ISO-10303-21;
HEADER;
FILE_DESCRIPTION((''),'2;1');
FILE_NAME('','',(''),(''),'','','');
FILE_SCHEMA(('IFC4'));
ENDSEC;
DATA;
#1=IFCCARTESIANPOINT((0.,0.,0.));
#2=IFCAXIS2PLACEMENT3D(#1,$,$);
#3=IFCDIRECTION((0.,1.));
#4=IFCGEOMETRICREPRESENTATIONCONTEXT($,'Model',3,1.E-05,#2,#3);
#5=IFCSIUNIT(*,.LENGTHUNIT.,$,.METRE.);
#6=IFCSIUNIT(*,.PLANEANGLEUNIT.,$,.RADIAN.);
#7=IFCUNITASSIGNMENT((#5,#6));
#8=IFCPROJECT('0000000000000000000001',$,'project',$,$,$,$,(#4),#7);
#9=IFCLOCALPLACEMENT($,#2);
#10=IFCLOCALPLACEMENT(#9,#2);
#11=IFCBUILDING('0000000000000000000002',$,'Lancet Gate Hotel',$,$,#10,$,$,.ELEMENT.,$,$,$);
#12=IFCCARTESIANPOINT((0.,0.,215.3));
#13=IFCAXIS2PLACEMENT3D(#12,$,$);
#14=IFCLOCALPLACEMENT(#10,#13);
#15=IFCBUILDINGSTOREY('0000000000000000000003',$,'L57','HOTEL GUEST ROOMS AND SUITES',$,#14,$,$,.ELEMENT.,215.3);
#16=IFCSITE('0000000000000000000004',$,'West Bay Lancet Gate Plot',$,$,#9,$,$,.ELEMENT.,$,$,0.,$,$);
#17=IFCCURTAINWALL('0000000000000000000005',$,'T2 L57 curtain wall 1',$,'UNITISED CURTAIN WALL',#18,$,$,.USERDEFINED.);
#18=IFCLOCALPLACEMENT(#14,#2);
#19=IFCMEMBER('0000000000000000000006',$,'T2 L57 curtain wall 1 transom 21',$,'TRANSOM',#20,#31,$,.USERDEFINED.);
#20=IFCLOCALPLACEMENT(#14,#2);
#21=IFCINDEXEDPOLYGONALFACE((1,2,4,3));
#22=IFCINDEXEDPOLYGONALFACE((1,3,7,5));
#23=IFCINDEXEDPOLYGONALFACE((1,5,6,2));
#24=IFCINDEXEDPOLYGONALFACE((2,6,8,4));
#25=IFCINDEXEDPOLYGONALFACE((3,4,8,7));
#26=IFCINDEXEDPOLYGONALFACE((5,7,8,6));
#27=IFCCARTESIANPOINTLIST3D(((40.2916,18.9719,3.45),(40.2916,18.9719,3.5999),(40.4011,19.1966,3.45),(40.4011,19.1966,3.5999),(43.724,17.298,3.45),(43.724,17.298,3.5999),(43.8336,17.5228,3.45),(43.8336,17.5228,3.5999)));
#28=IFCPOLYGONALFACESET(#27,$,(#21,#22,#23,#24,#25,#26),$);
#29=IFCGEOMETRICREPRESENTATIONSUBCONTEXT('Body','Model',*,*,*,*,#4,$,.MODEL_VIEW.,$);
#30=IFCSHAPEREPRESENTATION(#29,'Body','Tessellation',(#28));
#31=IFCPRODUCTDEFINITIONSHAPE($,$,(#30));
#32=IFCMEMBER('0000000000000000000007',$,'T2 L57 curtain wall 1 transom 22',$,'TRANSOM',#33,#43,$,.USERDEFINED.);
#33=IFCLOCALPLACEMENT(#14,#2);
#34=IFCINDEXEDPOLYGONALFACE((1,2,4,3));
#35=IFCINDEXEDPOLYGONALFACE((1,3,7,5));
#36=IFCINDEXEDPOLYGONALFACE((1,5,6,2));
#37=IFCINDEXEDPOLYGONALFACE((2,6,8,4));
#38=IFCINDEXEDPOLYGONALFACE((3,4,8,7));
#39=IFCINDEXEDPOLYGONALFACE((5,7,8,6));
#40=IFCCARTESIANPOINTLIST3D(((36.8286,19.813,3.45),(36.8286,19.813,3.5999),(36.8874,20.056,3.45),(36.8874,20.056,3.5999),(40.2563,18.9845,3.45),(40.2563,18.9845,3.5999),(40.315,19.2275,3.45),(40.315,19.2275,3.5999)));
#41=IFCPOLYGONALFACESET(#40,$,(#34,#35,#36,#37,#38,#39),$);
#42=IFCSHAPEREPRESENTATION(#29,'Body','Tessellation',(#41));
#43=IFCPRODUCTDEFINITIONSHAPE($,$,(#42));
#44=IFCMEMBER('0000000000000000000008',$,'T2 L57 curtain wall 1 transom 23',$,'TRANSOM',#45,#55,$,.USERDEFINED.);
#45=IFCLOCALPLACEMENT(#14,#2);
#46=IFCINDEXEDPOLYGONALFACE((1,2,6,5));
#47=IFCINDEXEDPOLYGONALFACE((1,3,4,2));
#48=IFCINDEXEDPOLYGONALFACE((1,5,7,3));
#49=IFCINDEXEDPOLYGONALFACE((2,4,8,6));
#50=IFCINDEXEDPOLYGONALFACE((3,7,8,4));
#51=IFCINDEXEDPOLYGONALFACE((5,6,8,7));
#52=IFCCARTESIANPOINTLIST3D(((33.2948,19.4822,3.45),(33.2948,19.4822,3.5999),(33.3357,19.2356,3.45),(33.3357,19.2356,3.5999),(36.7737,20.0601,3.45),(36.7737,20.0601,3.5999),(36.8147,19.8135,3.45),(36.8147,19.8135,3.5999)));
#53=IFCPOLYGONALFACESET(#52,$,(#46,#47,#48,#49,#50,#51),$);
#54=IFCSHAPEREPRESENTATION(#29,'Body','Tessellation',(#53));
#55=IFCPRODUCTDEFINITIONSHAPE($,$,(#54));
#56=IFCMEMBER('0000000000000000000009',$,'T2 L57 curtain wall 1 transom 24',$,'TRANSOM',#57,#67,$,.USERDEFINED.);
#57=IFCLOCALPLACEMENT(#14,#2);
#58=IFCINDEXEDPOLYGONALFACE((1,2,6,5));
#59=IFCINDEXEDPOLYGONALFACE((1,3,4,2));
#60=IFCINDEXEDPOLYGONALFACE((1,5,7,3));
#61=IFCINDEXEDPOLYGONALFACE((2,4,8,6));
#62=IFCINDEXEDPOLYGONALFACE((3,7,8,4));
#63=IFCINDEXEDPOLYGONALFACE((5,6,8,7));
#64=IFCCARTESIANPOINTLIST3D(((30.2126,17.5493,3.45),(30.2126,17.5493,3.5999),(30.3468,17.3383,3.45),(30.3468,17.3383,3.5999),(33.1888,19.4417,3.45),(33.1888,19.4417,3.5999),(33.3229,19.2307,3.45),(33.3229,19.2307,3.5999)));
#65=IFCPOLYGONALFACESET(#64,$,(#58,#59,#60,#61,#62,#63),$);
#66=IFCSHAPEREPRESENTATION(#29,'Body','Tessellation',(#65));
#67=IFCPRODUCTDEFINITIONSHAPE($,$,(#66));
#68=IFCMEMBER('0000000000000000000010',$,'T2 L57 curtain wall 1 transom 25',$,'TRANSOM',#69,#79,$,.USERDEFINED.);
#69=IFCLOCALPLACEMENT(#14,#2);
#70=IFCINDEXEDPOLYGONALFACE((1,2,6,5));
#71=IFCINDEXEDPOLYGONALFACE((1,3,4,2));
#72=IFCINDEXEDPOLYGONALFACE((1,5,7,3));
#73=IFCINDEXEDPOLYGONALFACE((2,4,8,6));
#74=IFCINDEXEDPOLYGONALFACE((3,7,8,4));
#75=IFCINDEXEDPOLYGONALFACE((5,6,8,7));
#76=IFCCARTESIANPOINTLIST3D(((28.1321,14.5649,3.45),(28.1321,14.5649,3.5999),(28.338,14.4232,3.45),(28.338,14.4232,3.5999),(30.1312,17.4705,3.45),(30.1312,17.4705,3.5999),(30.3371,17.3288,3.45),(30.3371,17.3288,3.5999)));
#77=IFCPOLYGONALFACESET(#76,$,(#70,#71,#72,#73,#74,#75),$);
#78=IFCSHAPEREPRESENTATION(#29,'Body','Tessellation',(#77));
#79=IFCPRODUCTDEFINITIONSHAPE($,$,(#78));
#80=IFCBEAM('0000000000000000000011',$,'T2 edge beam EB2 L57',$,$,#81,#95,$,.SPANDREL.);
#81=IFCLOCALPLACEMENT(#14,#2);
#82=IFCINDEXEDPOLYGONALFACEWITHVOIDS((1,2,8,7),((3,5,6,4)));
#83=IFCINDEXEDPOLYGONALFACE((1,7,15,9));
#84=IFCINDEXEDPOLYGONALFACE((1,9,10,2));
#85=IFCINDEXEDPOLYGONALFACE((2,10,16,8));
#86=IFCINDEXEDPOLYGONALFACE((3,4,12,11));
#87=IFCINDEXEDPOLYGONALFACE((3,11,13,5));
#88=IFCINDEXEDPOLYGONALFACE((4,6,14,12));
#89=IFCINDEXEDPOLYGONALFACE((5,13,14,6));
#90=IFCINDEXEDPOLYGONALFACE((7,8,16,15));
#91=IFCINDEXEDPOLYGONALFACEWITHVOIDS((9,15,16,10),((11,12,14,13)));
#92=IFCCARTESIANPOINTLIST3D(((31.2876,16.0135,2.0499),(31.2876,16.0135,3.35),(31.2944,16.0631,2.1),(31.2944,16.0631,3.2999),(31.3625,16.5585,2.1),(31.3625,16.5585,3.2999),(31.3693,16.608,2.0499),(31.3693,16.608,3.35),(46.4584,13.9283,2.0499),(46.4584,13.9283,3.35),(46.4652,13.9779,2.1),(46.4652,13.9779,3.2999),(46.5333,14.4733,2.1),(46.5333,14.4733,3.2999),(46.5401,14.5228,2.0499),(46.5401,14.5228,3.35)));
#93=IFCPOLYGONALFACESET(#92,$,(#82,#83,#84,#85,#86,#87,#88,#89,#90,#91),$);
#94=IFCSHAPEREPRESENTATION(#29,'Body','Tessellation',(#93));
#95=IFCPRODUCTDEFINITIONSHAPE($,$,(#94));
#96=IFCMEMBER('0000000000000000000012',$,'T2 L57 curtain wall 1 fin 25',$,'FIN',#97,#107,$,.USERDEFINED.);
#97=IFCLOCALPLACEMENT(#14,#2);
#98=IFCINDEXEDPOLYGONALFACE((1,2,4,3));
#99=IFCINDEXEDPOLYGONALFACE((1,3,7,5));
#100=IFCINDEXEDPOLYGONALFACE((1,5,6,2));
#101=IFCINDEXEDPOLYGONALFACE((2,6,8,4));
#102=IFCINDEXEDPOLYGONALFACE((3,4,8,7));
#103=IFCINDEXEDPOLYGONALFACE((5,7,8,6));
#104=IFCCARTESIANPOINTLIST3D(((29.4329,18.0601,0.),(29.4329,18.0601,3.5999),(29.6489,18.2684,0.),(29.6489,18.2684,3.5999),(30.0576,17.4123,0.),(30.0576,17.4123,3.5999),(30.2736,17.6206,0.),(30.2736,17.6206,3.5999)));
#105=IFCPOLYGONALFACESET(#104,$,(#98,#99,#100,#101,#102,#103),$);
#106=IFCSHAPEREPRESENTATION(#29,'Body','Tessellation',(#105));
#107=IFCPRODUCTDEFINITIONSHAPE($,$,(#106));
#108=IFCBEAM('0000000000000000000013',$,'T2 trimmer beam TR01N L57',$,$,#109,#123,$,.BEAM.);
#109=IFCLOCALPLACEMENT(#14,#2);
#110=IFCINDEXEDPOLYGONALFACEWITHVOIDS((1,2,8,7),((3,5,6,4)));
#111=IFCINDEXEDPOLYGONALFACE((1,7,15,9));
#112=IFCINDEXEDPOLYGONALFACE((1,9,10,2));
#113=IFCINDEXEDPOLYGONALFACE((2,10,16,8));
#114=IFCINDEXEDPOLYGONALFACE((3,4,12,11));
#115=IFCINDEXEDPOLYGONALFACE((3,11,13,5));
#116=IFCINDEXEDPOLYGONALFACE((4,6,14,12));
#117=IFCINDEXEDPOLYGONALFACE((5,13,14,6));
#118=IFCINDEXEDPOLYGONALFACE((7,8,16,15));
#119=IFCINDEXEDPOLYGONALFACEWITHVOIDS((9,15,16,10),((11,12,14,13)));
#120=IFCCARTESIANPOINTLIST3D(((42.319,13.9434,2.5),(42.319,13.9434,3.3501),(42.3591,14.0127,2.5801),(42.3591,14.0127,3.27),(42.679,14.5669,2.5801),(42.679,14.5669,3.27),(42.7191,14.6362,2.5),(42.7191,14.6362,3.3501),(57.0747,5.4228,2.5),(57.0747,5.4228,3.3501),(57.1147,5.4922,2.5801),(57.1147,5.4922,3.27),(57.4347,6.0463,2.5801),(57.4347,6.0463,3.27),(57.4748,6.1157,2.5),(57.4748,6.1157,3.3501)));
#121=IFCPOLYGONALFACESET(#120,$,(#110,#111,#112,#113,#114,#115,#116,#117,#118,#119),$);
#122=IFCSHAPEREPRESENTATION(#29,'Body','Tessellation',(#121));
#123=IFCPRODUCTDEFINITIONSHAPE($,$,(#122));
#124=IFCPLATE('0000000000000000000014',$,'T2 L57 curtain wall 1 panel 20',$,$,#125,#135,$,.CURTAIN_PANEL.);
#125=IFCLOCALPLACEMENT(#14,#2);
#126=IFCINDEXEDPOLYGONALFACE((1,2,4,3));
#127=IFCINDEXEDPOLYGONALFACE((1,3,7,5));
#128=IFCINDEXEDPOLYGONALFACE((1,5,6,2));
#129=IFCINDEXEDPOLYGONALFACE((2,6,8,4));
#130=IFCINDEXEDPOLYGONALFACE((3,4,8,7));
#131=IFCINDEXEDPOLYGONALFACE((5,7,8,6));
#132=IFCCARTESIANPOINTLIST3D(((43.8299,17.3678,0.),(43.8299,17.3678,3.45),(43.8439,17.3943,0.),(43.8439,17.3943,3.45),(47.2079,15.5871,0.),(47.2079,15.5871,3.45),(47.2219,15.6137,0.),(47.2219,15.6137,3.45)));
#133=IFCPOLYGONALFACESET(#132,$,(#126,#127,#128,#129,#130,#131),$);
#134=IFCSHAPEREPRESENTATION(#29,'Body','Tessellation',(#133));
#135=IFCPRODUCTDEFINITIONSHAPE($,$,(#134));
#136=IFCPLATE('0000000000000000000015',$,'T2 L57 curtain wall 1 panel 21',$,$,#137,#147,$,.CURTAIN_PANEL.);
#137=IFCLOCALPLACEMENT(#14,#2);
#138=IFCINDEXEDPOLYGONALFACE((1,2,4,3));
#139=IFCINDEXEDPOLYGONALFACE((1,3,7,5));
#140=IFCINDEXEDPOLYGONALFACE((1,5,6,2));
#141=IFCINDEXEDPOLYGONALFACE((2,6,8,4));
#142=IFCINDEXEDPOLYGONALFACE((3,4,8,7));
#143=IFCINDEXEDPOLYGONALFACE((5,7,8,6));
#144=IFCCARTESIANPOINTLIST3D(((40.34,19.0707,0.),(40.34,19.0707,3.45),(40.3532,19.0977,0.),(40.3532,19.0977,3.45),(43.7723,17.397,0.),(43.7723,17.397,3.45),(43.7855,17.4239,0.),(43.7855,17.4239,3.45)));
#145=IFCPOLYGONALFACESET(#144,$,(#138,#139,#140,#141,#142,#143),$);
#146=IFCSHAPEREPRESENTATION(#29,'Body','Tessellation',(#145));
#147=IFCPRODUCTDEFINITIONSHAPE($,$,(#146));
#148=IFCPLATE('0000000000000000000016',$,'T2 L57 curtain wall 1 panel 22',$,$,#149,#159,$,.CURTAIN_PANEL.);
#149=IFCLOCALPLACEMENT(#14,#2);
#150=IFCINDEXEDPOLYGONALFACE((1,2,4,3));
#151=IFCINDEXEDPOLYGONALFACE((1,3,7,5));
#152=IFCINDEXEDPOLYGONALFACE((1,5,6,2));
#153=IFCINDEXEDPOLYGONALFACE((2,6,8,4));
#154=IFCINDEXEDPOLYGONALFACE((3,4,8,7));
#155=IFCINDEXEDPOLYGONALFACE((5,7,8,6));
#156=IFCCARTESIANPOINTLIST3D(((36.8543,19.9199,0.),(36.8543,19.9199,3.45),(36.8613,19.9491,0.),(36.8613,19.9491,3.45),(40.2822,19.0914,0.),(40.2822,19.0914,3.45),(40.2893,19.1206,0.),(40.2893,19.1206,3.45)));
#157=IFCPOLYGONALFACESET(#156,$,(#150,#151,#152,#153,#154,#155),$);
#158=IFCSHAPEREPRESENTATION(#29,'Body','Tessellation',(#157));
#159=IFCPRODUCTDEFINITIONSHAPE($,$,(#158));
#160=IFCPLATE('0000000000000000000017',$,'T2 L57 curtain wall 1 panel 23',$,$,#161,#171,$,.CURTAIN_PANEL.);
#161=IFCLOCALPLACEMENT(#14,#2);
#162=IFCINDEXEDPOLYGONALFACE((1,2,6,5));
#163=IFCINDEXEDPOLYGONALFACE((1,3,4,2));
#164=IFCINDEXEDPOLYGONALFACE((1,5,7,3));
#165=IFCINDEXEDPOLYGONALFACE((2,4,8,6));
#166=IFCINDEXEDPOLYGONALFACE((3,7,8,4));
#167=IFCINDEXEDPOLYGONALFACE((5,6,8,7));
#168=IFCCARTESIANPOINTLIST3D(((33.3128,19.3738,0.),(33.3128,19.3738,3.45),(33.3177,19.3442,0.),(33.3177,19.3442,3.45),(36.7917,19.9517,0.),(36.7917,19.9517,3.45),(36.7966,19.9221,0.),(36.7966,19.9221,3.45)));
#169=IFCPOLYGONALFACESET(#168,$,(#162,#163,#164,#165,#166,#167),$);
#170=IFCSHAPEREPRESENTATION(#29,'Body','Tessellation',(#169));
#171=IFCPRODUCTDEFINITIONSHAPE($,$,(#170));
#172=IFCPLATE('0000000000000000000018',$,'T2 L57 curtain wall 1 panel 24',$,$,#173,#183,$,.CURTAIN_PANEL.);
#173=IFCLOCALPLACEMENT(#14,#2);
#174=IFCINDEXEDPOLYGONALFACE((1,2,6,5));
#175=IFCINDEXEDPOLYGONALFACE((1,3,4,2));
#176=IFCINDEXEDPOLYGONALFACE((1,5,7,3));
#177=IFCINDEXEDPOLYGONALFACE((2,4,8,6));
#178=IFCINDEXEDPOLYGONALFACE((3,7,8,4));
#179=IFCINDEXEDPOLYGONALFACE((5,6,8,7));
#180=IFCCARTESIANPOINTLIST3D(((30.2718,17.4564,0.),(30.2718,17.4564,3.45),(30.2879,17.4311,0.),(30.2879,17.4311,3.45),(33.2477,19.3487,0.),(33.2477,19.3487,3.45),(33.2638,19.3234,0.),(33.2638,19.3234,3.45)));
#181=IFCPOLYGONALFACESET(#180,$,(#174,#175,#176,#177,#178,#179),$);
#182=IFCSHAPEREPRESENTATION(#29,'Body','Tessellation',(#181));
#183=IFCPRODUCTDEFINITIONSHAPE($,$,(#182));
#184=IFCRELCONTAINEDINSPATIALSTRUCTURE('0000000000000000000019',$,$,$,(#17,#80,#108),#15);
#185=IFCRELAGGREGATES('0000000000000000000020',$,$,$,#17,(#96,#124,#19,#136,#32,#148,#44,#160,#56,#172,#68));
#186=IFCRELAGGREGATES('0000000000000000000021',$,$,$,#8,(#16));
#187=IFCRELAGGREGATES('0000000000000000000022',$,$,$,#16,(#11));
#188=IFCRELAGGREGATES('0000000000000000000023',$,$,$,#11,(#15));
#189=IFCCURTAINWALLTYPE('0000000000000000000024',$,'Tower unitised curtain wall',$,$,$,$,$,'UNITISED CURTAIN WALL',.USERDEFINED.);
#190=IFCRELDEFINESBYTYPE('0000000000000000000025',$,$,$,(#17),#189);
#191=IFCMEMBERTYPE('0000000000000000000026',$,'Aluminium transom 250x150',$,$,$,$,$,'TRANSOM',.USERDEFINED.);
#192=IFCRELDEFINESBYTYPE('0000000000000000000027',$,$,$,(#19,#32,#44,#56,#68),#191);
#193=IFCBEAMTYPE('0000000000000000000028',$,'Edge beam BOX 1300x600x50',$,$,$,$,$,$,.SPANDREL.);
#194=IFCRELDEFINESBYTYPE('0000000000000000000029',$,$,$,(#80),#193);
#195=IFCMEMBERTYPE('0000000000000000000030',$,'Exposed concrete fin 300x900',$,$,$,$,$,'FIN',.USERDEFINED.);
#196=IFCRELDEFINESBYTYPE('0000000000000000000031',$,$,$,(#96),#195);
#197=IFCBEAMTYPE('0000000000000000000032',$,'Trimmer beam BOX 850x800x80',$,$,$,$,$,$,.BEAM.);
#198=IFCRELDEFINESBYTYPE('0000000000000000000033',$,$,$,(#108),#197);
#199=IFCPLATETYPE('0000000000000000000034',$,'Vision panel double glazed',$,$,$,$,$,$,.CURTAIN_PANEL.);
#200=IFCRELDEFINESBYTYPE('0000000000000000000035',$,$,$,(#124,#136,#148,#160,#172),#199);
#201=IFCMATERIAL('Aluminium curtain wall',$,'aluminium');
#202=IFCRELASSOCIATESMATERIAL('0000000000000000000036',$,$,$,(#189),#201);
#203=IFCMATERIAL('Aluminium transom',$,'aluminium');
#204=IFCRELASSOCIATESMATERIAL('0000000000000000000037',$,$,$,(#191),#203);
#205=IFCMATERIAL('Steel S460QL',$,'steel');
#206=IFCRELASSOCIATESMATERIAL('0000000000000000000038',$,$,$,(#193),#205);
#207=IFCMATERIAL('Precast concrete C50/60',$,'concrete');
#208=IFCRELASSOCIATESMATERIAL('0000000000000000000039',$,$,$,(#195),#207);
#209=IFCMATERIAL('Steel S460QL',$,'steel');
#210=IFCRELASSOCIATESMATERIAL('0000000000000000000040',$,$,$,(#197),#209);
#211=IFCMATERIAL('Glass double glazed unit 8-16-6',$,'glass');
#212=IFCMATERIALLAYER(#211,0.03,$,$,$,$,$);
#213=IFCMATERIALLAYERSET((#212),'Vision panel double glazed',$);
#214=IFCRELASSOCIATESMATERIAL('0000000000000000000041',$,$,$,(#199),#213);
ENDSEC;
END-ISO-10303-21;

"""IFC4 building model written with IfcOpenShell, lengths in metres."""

from ifc_helpers import new_model, si_unit, direction, frame, origin, origin_2d, place, context, subcontext, project, spatial, rectangle, hollow_rectangle, extrude, material, layer, layer_set, material_profile, profile_set, type_object, element, aggregate, save


model = new_model("IFC4")

# Units and contexts
model_context = context("Model", 3, precision=1e-05, world=origin(), true_north=direction((0.0, 1.0)))
body_context = subcontext(model_context, "Body", "Model", "MODEL_VIEW")
ifc_project = project(units=[si_unit("LENGTHUNIT", "METRE"), si_unit("PLANEANGLEUNIT", "RADIAN")], contexts=[model_context])

# Site, building, storey
site_placement = place(None, origin())
site = spatial("IfcSite", under=ifc_project, at=site_placement, Name="West Bay Lancet Gate Plot", CompositionType="ELEMENT", RefElevation=0.0)
building_placement = place(site_placement, origin())
building = spatial("IfcBuilding", under=site, at=building_placement, Name="Lancet Gate Hotel", CompositionType="ELEMENT")
storey_placement = place(building_placement, frame((0.0, 0.0, 215.3)))
storey = spatial("IfcBuildingStorey", under=building, at=storey_placement, Name="L57", Description="HOTEL GUEST ROOMS AND SUITES", CompositionType="ELEMENT", Elevation=215.3)

# Curtain wall, members
ifc_material_1 = material(Name="Aluminium curtain wall", Category="aluminium")
curtain_wall_type = type_object("IfcCurtainWallType", Name="Tower unitised curtain wall", ElementType="UNITISED CURTAIN WALL", PredefinedType="USERDEFINED", material=ifc_material_1)
curtain_wall_placement = place(storey_placement, origin())
curtain_wall = element("IfcCurtainWall", 1, at=curtain_wall_placement, inside=storey, type_object=curtain_wall_type, Name="T2 L57 curtain wall 1", ObjectType="UNITISED CURTAIN WALL", PredefinedType="USERDEFINED")
ifc_material_2 = material(Name="Aluminium transom", Category="aluminium")
ifc_material_profile_1 = material_profile(ifc_material_2, rectangle(XDim=0.25, YDim=0.1499, at=origin_2d()), Name="TRANSOM 250x150")
ifc_profile_set_1 = profile_set([ifc_material_profile_1], Name="Aluminium transom")
member_type_1 = type_object("IfcMemberType", Name="Aluminium transom 250x150", ElementType="TRANSOM", PredefinedType="USERDEFINED", material=ifc_profile_set_1)
member_1_placement = place(storey_placement, frame((43.7788, 17.4104, 3.5249), z_axis=(-0.89882, 0.438318, 0.0), x_axis=(-0.438318, -0.89882, 0.0)))
member_1 = element("IfcMember", 2, at=member_1_placement, type_object=member_type_1, Name="T2 L57 curtain wall 1 transom 21", ObjectType="TRANSOM", PredefinedType="USERDEFINED", context=body_context, shape_type="SweptSolid", body=[
    extrude(rectangle(XDim=0.25, YDim=0.1499, at=origin_2d()), origin(), (0.0, 0.0, 1.0), 3.8188),
])
member_2_placement = place(storey_placement, frame((40.2856, 19.106, 3.5249), z_axis=(-0.972003, 0.23497, 0.0), x_axis=(-0.23497, -0.972003, 0.0)))
member_2 = element("IfcMember", 3, at=member_2_placement, type_object=member_type_1, Name="T2 L57 curtain wall 1 transom 22", ObjectType="TRANSOM", PredefinedType="USERDEFINED", context=body_context, shape_type="SweptSolid", body=[
    extrude(rectangle(XDim=0.25, YDim=0.1499, at=origin_2d()), origin(), (0.0, 0.0, 1.0), 3.5264),
])
member_3_placement = place(storey_placement, frame((36.7942, 19.9368, 3.5249), z_axis=(-0.986484, -0.16386, 0.0), x_axis=(0.16386, -0.986484, 0.0)))
member_3 = element("IfcMember", 4, at=member_3_placement, type_object=member_type_1, Name="T2 L57 curtain wall 1 transom 23", ObjectType="TRANSOM", PredefinedType="USERDEFINED", context=body_context, shape_type="SweptSolid", body=[
    extrude(rectangle(XDim=0.25, YDim=0.1499, at=origin_2d()), origin(), (0.0, 0.0, 1.0), 3.5266),
])
member_4_placement = place(storey_placement, frame((33.2559, 19.3362, 3.5249), z_axis=(-0.843858, -0.536566, 0.0), x_axis=(0.536566, -0.843858, 0.0)))
member_4 = element("IfcMember", 5, at=member_4_placement, type_object=member_type_1, Name="T2 L57 curtain wall 1 transom 24", ObjectType="TRANSOM", PredefinedType="USERDEFINED", context=body_context, shape_type="SweptSolid", body=[
    extrude(rectangle(XDim=0.25, YDim=0.1499, at=origin_2d()), origin(), (0.0, 0.0, 1.0), 3.5269),
])
member_5_placement = place(storey_placement, frame((30.2341, 17.3997, 3.5249), z_axis=(-0.566814, -0.823846, 0.0), x_axis=(0.823846, -0.566814, 0.0)))
member_5 = element("IfcMember", 6, at=member_5_placement, type_object=member_type_1, Name="T2 L57 curtain wall 1 transom 25", ObjectType="TRANSOM", PredefinedType="USERDEFINED", context=body_context, shape_type="SweptSolid", body=[
    extrude(rectangle(XDim=0.25, YDim=0.1499, at=origin_2d()), origin(), (0.0, 0.0, 1.0), 3.5269),
])

# Beam
ifc_material_3 = material(Name="Steel S460QL", Category="steel")
ifc_material_profile_2 = material_profile(ifc_material_3, hollow_rectangle(XDim=0.6001, YDim=1.3, WallThickness=0.05, at=origin_2d()), Name="BOX 1300x600x50")
ifc_profile_set_2 = profile_set([ifc_material_profile_2], Name="Steel S460QL")
beam_type_1 = type_object("IfcBeamType", Name="Edge beam BOX 1300x600x50", PredefinedType="SPANDREL", material=ifc_profile_set_2)
beam_1_placement = place(storey_placement, frame((46.4993, 14.2256, 2.7), z_axis=(-0.990686, 0.136167, 0.0), x_axis=(-0.136167, -0.990686, 0.0)))
element("IfcBeam", 7, at=beam_1_placement, inside=storey, type_object=beam_type_1, Name="T2 edge beam EB2 L57", PredefinedType="SPANDREL", context=body_context, shape_type="SweptSolid", body=[
    extrude(hollow_rectangle(XDim=0.6001, YDim=1.3, WallThickness=0.05, at=origin_2d()), origin(), (0.0, 0.0, 1.0), 15.3135),
])

# Member
ifc_material_4 = material(Name="Precast concrete C50/60", Category="concrete")
ifc_material_profile_3 = material_profile(ifc_material_4, rectangle(XDim=0.3, YDim=0.8999, at=origin_2d()), Name="FIN 300x900")
ifc_profile_set_3 = profile_set([ifc_material_profile_3], Name="Precast concrete C50/60")
member_type_2 = type_object("IfcMemberType", Name="Exposed concrete fin 300x900", ElementType="FIN", PredefinedType="USERDEFINED", material=ifc_profile_set_3)
member_6_placement = place(storey_placement, frame((29.8533, 17.8403, 0.0), z_axis=(0.0, 0.0, 1.0), x_axis=(-0.719809, -0.694172, 0.0)))
member_6 = element("IfcMember", 8, at=member_6_placement, type_object=member_type_2, Name="T2 L57 curtain wall 1 fin 25", ObjectType="FIN", PredefinedType="USERDEFINED", context=body_context, shape_type="SweptSolid", body=[
    extrude(rectangle(XDim=0.3, YDim=0.8999, at=origin_2d()), origin(), (0.0, 0.0, 1.0), 3.5999),
])

# Beam
ifc_material_5 = material(Name="Steel S460QL", Category="steel")
ifc_material_profile_4 = material_profile(ifc_material_5, hollow_rectangle(XDim=0.8, YDim=0.8501, WallThickness=0.0801, at=origin_2d()), Name="BOX 850x800x80")
ifc_profile_set_4 = profile_set([ifc_material_profile_4], Name="Steel S460QL")
beam_type_2 = type_object("IfcBeamType", Name="Trimmer beam BOX 850x800x80", PredefinedType="BEAM", material=ifc_profile_set_4)
beam_2_placement = place(storey_placement, frame((42.519, 14.2898, 2.925), z_axis=(0.865991, -0.500059, 0.0), x_axis=(0.500059, 0.865991, 0.0)))
element("IfcBeam", 9, at=beam_2_placement, inside=storey, type_object=beam_type_2, Name="T2 trimmer beam TR01N L57", PredefinedType="BEAM", context=body_context, shape_type="SweptSolid", body=[
    extrude(hollow_rectangle(XDim=0.8, YDim=0.8501, WallThickness=0.0801, at=origin_2d()), origin(), (0.0, 0.0, 1.0), 17.0391),
])

# Plates
ifc_material_6 = material(Name="Glass double glazed unit 8-16-6", Category="glass")
ifc_layer_1 = layer(ifc_material_6, 0.03)
ifc_layer_set_1 = layer_set([ifc_layer_1], Name="Vision panel double glazed")
plate_type = type_object("IfcPlateType", Name="Vision panel double glazed", PredefinedType="CURTAIN_PANEL", material=ifc_layer_set_1)
plate_1_placement = place(storey_placement, frame((45.5259, 16.4907, 0.0), z_axis=(0.0, 0.0, 1.0), x_axis=(-0.884623, 0.466307, 0.0)))
plate_1 = element("IfcPlate", 10, at=plate_1_placement, type_object=plate_type, Name="T2 L57 curtain wall 1 panel 20", PredefinedType="CURTAIN_PANEL", context=body_context, shape_type="SweptSolid", body=[
    extrude(rectangle(XDim=3.8186, YDim=0.03, at=origin_2d()), origin(), (0.0, 0.0, 1.0), 3.45),
])
plate_2_placement = place(storey_placement, frame((42.0627, 18.2473, 0.0), z_axis=(0.0, 0.0, 1.0), x_axis=(-0.898823, 0.438311, 0.0)))
plate_2 = element("IfcPlate", 11, at=plate_2_placement, type_object=plate_type, Name="T2 L57 curtain wall 1 panel 21", PredefinedType="CURTAIN_PANEL", context=body_context, shape_type="SweptSolid", body=[
    extrude(rectangle(XDim=3.8186, YDim=0.03, at=origin_2d()), origin(), (0.0, 0.0, 1.0), 3.45),
])
plate_3_placement = place(storey_placement, frame((38.5718, 19.5203, 0.0), z_axis=(0.0, 0.0, 1.0), x_axis=(-0.972014, 0.234924, 0.0)))
plate_3 = element("IfcPlate", 12, at=plate_3_placement, type_object=plate_type, Name="T2 L57 curtain wall 1 panel 22", PredefinedType="CURTAIN_PANEL", context=body_context, shape_type="SweptSolid", body=[
    extrude(rectangle(XDim=3.5266, YDim=0.03, at=origin_2d()), origin(), (0.0, 0.0, 1.0), 3.45),
])
plate_4_placement = place(storey_placement, frame((35.0547, 19.6479, 0.0), z_axis=(0.0, 0.0, 1.0), x_axis=(-0.98648, -0.163881, 0.0)))
plate_4 = element("IfcPlate", 13, at=plate_4_placement, type_object=plate_type, Name="T2 L57 curtain wall 1 panel 23", PredefinedType="CURTAIN_PANEL", context=body_context, shape_type="SweptSolid", body=[
    extrude(rectangle(XDim=3.5266, YDim=0.03, at=origin_2d()), origin(), (0.0, 0.0, 1.0), 3.45),
])
plate_5_placement = place(storey_placement, frame((31.7678, 18.3899, 0.0), z_axis=(0.0, 0.0, 1.0), x_axis=(-0.843845, -0.536587, 0.0)))
plate_5 = element("IfcPlate", 14, at=plate_5_placement, type_object=plate_type, Name="T2 L57 curtain wall 1 panel 24", PredefinedType="CURTAIN_PANEL", context=body_context, shape_type="SweptSolid", body=[
    extrude(rectangle(XDim=3.5266, YDim=0.03, at=origin_2d()), origin(), (0.0, 0.0, 1.0), 3.45),
])
aggregate(curtain_wall, [member_6, plate_1, member_1, plate_2, member_2, plate_3, member_3, plate_4, member_4, plate_5, member_5])

save(model, "model.ifc")
